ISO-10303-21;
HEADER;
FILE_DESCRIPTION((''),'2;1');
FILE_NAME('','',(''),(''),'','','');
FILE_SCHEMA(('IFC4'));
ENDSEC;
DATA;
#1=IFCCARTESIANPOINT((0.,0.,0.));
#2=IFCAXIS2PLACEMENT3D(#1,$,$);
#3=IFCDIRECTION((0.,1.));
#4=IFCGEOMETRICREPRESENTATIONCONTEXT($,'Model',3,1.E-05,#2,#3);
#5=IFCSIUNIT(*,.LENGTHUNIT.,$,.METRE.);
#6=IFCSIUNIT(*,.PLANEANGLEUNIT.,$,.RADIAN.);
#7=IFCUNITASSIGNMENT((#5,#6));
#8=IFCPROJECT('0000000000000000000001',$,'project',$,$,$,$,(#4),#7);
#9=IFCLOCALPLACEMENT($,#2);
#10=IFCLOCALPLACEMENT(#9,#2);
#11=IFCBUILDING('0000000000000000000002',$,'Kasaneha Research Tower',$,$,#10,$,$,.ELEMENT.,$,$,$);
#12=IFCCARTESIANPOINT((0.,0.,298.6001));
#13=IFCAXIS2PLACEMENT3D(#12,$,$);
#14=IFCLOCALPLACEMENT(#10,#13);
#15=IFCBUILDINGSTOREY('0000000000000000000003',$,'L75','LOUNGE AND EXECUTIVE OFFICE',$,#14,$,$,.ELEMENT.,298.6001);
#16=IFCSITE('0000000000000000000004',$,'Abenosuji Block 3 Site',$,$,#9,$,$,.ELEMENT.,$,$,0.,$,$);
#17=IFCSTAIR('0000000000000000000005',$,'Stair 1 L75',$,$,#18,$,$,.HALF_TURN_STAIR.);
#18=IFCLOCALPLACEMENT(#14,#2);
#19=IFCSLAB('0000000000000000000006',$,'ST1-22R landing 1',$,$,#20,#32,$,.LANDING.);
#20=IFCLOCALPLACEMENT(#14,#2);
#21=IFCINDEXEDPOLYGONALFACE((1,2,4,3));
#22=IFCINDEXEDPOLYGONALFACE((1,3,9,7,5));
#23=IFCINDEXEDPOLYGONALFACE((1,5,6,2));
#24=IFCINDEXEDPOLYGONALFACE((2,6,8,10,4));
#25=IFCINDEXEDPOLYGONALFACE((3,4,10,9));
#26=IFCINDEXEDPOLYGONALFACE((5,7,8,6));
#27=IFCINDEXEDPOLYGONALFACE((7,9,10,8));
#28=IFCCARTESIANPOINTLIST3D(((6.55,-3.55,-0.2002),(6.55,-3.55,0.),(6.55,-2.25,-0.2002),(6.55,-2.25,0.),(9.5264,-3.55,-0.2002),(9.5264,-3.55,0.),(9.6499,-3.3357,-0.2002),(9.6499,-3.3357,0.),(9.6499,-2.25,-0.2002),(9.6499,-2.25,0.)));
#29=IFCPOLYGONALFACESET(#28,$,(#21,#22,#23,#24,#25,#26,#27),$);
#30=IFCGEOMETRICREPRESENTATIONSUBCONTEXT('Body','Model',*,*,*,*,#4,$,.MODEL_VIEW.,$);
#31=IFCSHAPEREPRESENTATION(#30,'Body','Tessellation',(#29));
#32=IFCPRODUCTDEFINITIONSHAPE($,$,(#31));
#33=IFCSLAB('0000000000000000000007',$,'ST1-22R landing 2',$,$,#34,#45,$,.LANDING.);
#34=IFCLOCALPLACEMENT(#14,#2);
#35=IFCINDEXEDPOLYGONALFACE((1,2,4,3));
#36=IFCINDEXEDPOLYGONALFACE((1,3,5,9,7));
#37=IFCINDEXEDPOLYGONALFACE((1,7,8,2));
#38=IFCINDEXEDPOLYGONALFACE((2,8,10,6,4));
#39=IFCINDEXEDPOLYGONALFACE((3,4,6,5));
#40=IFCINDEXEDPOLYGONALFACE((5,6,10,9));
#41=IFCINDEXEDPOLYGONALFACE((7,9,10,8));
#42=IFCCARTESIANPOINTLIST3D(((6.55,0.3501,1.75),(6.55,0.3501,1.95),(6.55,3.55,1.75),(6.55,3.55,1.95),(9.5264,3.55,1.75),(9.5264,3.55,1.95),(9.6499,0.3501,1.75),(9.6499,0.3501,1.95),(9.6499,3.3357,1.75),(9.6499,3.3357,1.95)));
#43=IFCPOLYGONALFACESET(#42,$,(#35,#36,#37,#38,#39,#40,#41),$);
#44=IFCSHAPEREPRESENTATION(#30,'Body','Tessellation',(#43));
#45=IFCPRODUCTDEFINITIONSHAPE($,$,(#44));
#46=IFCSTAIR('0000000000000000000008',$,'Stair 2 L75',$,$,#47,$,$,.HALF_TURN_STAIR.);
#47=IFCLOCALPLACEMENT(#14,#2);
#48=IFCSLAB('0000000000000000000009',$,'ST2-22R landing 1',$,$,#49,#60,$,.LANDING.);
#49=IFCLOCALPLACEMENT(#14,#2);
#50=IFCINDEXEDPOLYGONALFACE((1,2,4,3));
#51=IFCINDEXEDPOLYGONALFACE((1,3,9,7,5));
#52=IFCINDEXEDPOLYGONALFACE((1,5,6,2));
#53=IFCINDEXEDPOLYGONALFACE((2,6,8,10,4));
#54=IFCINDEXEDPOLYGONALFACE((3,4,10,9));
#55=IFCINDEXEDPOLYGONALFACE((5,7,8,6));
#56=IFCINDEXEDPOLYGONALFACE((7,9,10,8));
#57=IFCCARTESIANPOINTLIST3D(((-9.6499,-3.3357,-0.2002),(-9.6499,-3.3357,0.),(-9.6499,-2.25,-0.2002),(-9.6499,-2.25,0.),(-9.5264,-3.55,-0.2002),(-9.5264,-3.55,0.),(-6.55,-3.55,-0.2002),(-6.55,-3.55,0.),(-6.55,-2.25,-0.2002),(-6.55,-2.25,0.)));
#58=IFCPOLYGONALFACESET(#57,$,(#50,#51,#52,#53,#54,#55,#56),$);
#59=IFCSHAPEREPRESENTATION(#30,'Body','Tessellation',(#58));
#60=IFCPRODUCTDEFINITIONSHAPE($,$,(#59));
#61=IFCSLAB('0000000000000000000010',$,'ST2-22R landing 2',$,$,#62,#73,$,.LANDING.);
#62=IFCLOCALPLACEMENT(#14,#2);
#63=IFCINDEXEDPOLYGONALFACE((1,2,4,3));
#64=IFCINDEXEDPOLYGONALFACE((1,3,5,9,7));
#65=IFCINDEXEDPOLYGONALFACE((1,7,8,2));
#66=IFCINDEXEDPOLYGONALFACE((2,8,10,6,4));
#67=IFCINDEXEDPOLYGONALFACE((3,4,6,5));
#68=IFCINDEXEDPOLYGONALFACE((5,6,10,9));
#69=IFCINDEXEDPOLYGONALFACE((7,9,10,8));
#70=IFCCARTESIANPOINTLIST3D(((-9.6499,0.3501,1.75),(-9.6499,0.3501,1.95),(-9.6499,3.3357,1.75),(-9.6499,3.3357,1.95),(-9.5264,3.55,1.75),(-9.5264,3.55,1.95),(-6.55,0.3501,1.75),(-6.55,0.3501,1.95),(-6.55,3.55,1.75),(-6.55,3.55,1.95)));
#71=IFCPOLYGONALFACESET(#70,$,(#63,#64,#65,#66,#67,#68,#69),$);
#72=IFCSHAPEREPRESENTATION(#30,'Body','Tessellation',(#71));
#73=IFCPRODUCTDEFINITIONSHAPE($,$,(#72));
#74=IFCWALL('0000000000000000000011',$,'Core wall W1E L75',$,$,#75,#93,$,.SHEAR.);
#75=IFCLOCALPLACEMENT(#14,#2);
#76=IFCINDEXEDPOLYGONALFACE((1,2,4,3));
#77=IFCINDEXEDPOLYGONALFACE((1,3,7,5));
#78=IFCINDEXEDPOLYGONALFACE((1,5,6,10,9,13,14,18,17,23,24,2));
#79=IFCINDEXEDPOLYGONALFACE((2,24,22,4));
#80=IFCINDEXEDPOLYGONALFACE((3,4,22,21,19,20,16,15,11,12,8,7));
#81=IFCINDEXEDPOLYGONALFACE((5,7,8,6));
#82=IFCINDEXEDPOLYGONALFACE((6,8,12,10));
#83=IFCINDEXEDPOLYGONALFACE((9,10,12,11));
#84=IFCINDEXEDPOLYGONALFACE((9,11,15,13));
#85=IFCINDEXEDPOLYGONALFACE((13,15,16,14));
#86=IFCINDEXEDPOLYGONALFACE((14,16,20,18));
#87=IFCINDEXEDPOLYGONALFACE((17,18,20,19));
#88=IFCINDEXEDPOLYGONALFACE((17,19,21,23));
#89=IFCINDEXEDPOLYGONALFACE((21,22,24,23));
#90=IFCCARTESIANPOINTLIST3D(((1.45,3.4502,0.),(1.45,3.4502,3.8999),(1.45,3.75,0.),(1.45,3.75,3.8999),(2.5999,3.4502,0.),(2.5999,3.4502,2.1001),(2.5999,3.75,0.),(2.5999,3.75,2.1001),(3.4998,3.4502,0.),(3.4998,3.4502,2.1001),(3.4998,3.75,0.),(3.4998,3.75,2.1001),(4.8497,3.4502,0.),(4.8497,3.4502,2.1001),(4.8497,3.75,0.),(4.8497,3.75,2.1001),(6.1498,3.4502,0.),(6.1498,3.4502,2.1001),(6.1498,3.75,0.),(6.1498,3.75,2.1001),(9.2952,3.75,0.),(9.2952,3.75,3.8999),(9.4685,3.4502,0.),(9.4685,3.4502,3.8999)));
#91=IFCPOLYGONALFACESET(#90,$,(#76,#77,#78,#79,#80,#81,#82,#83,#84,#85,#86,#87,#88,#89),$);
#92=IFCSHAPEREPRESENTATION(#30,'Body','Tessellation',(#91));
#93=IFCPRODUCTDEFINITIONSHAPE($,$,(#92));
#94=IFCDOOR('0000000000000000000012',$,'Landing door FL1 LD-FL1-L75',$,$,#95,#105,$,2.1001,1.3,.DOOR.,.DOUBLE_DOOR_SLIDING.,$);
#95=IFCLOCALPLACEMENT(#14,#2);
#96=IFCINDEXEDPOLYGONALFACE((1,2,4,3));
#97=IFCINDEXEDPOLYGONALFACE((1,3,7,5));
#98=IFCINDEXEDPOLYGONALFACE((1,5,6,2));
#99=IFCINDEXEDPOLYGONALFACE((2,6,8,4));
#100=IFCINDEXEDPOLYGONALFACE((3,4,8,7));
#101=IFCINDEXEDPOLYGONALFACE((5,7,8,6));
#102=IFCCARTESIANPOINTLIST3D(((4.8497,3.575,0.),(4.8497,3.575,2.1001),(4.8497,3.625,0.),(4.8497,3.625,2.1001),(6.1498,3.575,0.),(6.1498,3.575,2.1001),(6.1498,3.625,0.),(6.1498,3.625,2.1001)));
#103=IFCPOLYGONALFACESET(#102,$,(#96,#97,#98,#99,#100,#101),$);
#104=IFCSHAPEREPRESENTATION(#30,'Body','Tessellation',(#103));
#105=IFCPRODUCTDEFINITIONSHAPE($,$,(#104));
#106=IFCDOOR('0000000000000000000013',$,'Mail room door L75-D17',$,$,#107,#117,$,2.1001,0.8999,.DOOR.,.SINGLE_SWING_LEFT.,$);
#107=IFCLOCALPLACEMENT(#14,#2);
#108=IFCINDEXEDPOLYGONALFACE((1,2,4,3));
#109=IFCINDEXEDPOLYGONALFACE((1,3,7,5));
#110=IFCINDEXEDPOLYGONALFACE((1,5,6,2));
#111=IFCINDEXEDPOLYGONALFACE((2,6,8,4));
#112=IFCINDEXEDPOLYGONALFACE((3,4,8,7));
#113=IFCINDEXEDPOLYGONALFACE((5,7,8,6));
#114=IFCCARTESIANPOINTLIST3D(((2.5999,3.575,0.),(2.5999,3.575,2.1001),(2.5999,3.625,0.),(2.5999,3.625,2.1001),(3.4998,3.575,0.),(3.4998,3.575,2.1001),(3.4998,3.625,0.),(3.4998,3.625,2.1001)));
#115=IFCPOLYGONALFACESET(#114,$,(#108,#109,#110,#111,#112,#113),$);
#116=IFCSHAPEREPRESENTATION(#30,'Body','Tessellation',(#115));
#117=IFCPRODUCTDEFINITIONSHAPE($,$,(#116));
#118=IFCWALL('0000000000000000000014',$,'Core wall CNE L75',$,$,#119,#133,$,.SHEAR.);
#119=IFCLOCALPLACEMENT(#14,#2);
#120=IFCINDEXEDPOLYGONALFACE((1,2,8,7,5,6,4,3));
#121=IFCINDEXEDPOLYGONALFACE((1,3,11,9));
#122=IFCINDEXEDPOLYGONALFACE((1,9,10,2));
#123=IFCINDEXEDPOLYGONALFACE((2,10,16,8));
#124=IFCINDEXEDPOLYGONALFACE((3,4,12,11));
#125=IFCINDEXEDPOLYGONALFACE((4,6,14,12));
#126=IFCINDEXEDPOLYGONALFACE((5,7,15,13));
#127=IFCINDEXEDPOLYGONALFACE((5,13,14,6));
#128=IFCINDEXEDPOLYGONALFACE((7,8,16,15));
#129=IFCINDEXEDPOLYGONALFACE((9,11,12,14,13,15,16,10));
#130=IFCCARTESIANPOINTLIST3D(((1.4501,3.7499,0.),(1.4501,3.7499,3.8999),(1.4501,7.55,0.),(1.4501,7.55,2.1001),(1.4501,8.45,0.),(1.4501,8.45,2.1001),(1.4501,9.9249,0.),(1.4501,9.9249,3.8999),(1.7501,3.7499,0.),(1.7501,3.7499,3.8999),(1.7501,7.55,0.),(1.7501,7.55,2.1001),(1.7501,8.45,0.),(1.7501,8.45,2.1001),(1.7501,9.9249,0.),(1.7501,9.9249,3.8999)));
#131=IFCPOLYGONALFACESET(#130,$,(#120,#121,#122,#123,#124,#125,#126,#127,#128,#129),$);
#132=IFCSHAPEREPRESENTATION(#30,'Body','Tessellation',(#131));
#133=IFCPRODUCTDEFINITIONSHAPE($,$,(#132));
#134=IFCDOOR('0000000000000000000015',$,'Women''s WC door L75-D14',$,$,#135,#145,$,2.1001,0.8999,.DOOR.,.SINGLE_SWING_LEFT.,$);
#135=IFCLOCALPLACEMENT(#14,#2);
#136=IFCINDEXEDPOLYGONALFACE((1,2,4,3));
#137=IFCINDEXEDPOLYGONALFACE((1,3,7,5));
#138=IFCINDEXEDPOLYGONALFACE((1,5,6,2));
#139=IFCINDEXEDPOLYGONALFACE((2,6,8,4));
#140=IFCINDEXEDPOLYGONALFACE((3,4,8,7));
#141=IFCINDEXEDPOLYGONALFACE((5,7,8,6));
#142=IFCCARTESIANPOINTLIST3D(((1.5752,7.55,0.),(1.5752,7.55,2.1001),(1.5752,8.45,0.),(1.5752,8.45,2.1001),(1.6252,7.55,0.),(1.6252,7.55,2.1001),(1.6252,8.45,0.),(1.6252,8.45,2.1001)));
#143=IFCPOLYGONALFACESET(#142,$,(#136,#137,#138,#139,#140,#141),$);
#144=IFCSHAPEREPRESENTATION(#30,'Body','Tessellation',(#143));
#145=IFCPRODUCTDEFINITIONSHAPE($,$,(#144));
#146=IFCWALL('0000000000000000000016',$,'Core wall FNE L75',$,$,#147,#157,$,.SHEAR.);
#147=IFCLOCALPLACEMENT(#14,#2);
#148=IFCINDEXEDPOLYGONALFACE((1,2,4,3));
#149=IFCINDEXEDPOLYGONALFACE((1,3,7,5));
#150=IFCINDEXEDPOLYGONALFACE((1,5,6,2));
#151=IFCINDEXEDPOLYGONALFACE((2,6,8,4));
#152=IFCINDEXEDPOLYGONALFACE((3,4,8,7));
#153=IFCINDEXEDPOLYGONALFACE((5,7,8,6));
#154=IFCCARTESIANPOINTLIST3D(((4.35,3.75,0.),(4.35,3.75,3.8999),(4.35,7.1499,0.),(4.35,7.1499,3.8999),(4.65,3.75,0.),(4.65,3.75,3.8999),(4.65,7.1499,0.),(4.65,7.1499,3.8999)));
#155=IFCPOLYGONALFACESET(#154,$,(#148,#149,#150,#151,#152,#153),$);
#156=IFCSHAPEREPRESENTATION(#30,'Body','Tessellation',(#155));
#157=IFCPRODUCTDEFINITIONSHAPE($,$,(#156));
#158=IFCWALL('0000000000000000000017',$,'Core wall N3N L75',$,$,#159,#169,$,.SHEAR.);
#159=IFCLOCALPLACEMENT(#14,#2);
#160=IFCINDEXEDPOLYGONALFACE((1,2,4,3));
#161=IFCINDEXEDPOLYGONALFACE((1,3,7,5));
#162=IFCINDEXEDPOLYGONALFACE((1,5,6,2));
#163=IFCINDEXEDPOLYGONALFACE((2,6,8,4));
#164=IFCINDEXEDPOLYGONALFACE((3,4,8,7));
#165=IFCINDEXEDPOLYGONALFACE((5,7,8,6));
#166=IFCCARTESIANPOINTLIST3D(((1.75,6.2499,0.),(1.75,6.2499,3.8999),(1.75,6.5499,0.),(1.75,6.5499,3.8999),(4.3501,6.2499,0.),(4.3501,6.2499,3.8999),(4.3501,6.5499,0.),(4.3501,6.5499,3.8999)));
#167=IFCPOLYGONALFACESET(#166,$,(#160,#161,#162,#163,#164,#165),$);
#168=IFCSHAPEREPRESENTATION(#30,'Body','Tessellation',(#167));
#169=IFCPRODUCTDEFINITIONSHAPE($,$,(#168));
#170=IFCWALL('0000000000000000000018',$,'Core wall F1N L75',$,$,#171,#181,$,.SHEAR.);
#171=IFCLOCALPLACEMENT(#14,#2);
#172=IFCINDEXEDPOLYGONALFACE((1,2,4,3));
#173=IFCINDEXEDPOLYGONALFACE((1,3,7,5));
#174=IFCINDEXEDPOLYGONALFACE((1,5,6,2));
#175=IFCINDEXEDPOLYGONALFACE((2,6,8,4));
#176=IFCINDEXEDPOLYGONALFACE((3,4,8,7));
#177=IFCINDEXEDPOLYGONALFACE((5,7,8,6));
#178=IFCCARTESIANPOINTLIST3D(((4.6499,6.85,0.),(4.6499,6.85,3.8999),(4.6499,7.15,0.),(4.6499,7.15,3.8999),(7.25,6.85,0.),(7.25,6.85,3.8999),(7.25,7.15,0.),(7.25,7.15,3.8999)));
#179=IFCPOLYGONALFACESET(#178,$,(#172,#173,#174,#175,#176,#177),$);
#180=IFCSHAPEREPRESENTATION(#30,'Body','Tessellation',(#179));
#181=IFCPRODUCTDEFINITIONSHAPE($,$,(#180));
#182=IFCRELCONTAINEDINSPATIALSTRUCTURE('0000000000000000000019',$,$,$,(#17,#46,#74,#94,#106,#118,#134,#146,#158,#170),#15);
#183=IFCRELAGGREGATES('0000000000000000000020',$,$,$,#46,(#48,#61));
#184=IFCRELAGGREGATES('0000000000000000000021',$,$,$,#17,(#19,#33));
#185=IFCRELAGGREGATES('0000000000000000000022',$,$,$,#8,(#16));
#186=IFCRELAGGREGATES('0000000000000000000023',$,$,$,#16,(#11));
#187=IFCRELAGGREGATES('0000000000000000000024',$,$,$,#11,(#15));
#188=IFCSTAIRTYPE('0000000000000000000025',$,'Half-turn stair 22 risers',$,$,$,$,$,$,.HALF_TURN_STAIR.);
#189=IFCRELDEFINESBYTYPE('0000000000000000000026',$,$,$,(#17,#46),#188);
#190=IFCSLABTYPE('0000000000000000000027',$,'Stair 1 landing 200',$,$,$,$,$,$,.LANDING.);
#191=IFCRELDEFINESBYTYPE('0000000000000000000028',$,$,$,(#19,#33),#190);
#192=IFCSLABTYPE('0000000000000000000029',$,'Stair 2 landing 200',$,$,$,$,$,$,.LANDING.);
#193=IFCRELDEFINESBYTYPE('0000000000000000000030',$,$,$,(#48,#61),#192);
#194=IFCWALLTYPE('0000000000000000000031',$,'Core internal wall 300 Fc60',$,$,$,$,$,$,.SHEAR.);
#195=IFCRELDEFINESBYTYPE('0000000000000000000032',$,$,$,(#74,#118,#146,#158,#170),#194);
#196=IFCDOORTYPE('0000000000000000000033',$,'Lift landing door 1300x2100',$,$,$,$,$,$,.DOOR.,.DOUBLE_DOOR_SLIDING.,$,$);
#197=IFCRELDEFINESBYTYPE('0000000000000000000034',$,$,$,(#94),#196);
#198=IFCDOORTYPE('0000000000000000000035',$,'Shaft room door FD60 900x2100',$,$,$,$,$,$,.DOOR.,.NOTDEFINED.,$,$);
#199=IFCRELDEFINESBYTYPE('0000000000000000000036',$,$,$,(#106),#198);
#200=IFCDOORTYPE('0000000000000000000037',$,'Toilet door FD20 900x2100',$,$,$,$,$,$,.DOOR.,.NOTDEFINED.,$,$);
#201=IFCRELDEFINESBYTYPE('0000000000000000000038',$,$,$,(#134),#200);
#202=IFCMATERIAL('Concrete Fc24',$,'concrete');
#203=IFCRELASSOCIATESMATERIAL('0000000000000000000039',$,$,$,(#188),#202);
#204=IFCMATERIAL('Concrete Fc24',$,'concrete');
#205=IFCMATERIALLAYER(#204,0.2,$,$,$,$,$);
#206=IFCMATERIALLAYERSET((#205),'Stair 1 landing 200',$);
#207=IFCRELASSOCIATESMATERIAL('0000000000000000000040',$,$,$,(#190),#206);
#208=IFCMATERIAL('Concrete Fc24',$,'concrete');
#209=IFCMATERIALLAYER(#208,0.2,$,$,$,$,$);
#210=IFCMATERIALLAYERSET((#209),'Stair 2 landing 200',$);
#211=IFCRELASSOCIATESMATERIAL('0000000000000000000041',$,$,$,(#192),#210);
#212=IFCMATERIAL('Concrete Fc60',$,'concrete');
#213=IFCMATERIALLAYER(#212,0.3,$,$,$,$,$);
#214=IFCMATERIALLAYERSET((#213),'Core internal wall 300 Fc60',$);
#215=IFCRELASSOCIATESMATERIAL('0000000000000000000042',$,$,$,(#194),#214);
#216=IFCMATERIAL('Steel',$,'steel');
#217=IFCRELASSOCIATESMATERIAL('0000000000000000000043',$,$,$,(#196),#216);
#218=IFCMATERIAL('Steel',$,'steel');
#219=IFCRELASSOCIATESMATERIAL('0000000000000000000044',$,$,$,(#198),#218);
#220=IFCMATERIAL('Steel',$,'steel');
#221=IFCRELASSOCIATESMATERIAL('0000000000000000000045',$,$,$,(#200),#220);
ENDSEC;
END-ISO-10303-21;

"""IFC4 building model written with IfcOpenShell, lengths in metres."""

from ifc_helpers import new_model, si_unit, direction, frame, frame_2d, origin, place, context, subcontext, project, spatial, polyline, rectangle, outline, extrude, material, layer, layer_set, type_object, element, fill, aggregate, save


model = new_model("IFC4")

# Units and contexts
model_context = context("Model", 3, precision=1e-05, world=origin(), true_north=direction((0.0, 1.0)))
body_context = subcontext(model_context, "Body", "Model", "MODEL_VIEW")
ifc_project = project(units=[si_unit("LENGTHUNIT", "METRE"), si_unit("PLANEANGLEUNIT", "RADIAN")], contexts=[model_context])

# Site, building, storey
site_placement = place(None, origin())
site = spatial("IfcSite", under=ifc_project, at=site_placement, Name="Abenosuji Block 3 Site", CompositionType="ELEMENT", RefElevation=0.0)
building_placement = place(site_placement, origin())
building = spatial("IfcBuilding", under=site, at=building_placement, Name="Kasaneha Research Tower", CompositionType="ELEMENT")
storey_placement = place(building_placement, frame((0.0, 0.0, 298.6001)))
storey = spatial("IfcBuildingStorey", under=building, at=storey_placement, Name="L75", Description="LOUNGE AND EXECUTIVE OFFICE", CompositionType="ELEMENT", Elevation=298.6001)

# Stairs, slabs
ifc_material_1 = material(Name="Concrete Fc24", Category="concrete")
stair_type = type_object("IfcStairType", Name="Half-turn stair 22 risers", PredefinedType="HALF_TURN_STAIR", material=ifc_material_1)
stair_1_placement = place(storey_placement, origin())
stair_1 = element("IfcStair", 1, at=stair_1_placement, inside=storey, type_object=stair_type, Name="Stair 1 L75", PredefinedType="HALF_TURN_STAIR")
ifc_material_2 = material(Name="Concrete Fc24", Category="concrete")
ifc_layer_1 = layer(ifc_material_2, 0.2)
ifc_layer_set_1 = layer_set([ifc_layer_1], Name="Stair 1 landing 200")
slab_type_1 = type_object("IfcSlabType", Name="Stair 1 landing 200", PredefinedType="LANDING", material=ifc_layer_set_1)
slab_1_placement = place(storey_placement, frame((0.0, 0.0, -0.2002)))
slab_1 = element("IfcSlab", 2, at=slab_1_placement, type_object=slab_type_1, Name="ST1-22R landing 1", PredefinedType="LANDING", context=body_context, shape_type="SweptSolid", body=[
    extrude(outline(polyline([(9.5264, -3.55), (6.55, -3.55), (6.55, -2.25), (9.6499, -2.25), (9.6499, -3.3357), (9.5264, -3.55)])), origin(), (0.0, 0.0, 1.0), 0.2002),
])
slab_2_placement = place(storey_placement, frame((0.0, 0.0, 1.75)))
slab_2 = element("IfcSlab", 3, at=slab_2_placement, type_object=slab_type_1, Name="ST1-22R landing 2", PredefinedType="LANDING", context=body_context, shape_type="SweptSolid", body=[
    extrude(outline(polyline([(6.55, 3.55), (9.5264, 3.55), (9.6499, 3.3357), (9.6499, 0.3501), (6.55, 0.3501), (6.55, 3.55)])), origin(), (0.0, 0.0, 1.0), 0.2),
])
stair_2_placement = place(storey_placement, origin())
stair_2 = element("IfcStair", 4, at=stair_2_placement, inside=storey, type_object=stair_type, Name="Stair 2 L75", PredefinedType="HALF_TURN_STAIR")
ifc_material_3 = material(Name="Concrete Fc24", Category="concrete")
ifc_layer_2 = layer(ifc_material_3, 0.2)
ifc_layer_set_2 = layer_set([ifc_layer_2], Name="Stair 2 landing 200")
slab_type_2 = type_object("IfcSlabType", Name="Stair 2 landing 200", PredefinedType="LANDING", material=ifc_layer_set_2)
slab_3_placement = place(storey_placement, frame((0.0, 0.0, -0.2002)))
slab_3 = element("IfcSlab", 5, at=slab_3_placement, type_object=slab_type_2, Name="ST2-22R landing 1", PredefinedType="LANDING", context=body_context, shape_type="SweptSolid", body=[
    extrude(outline(polyline([(-6.55, -3.55), (-9.5264, -3.55), (-9.6499, -3.3357), (-9.6499, -2.25), (-6.55, -2.25), (-6.55, -3.55)])), origin(), (0.0, 0.0, 1.0), 0.2002),
])
slab_4_placement = place(storey_placement, frame((0.0, 0.0, 1.75)))
slab_4 = element("IfcSlab", 6, at=slab_4_placement, type_object=slab_type_2, Name="ST2-22R landing 2", PredefinedType="LANDING", context=body_context, shape_type="SweptSolid", body=[
    extrude(outline(polyline([(-6.55, 0.3501), (-9.6499, 0.3501), (-9.6499, 3.3357), (-9.5264, 3.55), (-6.55, 3.55), (-6.55, 0.3501)])), origin(), (0.0, 0.0, 1.0), 0.2),
])
aggregate(stair_2, [slab_3, slab_4])

# Wall, openings, doors
ifc_material_4 = material(Name="Concrete Fc60", Category="concrete")
ifc_layer_3 = layer(ifc_material_4, 0.3)
ifc_layer_set_3 = layer_set([ifc_layer_3], Name="Core internal wall 300 Fc60")
wall_type_1 = type_object("IfcWallType", Name="Core internal wall 300 Fc60", PredefinedType="SHEAR", material=ifc_layer_set_3)
wall_1_placement = place(storey_placement, frame((1.45, 3.6001, 0.0), z_axis=(0.0, 0.0, 1.0), x_axis=(1.0, 0.0, 0.0)))
wall_1 = element("IfcWall", 7, at=wall_1_placement, inside=storey, type_object=wall_type_1, Name="Core wall W1E L75", PredefinedType="SHEAR", context=body_context, shape_type="SweptSolid", body=[
    extrude(outline(polyline([(0.0, -0.1499), (1.1499, -0.1499), (2.0498, -0.1499), (3.3999, -0.1499), (4.7, -0.1499), (8.0186, -0.1499), (7.8452, 0.1499), (4.7, 0.1499), (3.3999, 0.1499), (2.0498, 0.1499), (1.1499, 0.1499), (0.0, 0.1499), (0.0, -0.1499)])), origin(), (0.0, 0.0, 1.0), 3.8999),
])
opening_1_placement = place(wall_1_placement, frame((1.1499, 0.0, 0.0)))
opening_1 = element("IfcOpeningElement", 8, at=opening_1_placement, cuts=wall_1, PredefinedType="OPENING", context=body_context, shape_type="SweptSolid", body=[
    extrude(rectangle(XDim=0.8999, YDim=2.1001, at=frame_2d((0.45, 1.05))), frame((0.0, 0.1602, 0.0), z_axis=(0.0, -1.0, 0.0), x_axis=(1.0, 0.0, 0.0)), (0.0, 0.0, 1.0), 0.3201),
])
opening_2_placement = place(wall_1_placement, frame((3.3999, 0.0, 0.0)))
opening_2 = element("IfcOpeningElement", 9, at=opening_2_placement, cuts=wall_1, PredefinedType="OPENING", context=body_context, shape_type="SweptSolid", body=[
    extrude(rectangle(XDim=1.3, YDim=2.1001, at=frame_2d((0.6499, 1.05))), frame((0.0, 0.1602, 0.0), z_axis=(0.0, -1.0, 0.0), x_axis=(1.0, 0.0, 0.0)), (0.0, 0.0, 1.0), 0.3201),
])
ifc_material_5 = material(Name="Steel", Category="steel")
door_type_1 = type_object("IfcDoorType", Name="Lift landing door 1300x2100", OperationType="DOUBLE_DOOR_SLIDING", PredefinedType="DOOR", material=ifc_material_5)
door_1_placement = place(opening_2_placement, origin())
door_1 = element("IfcDoor", 10, at=door_1_placement, inside=storey, type_object=door_type_1, Name="Landing door FL1 LD-FL1-L75", OperationType="DOUBLE_DOOR_SLIDING", OverallHeight=2.1001, OverallWidth=1.3, PredefinedType="DOOR", context=body_context, shape_type="SweptSolid", body=[
    extrude(rectangle(XDim=1.3, YDim=2.1001, at=frame_2d((0.6499, 1.05))), frame((0.0, 0.0249, 0.0), z_axis=(0.0, -1.0, 0.0), x_axis=(1.0, 0.0, 0.0)), (0.0, 0.0, 1.0), 0.05),
])
fill(opening_2, door_1)
ifc_material_6 = material(Name="Steel", Category="steel")
door_type_2 = type_object("IfcDoorType", Name="Shaft room door FD60 900x2100", OperationType="NOTDEFINED", PredefinedType="DOOR", material=ifc_material_6)
door_2_placement = place(opening_1_placement, origin())
door_2 = element("IfcDoor", 11, at=door_2_placement, inside=storey, type_object=door_type_2, Name="Mail room door L75-D17", OperationType="SINGLE_SWING_LEFT", OverallHeight=2.1001, OverallWidth=0.8999, PredefinedType="DOOR", context=body_context, shape_type="SweptSolid", body=[
    extrude(rectangle(XDim=0.8999, YDim=2.1001, at=frame_2d((0.45, 1.05))), frame((0.0, 0.0249, 0.0), z_axis=(0.0, -1.0, 0.0), x_axis=(1.0, 0.0, 0.0)), (0.0, 0.0, 1.0), 0.05),
])
fill(opening_1, door_2)

# Wall, opening, door
wall_2_placement = place(storey_placement, frame((1.6001, 3.75, 0.0), z_axis=(0.0, 0.0, 1.0), x_axis=(0.0, 1.0, 0.0)))
wall_2 = element("IfcWall", 12, at=wall_2_placement, inside=storey, type_object=wall_type_1, Name="Core wall CNE L75", PredefinedType="SHEAR", context=body_context, shape_type="SweptSolid", body=[
    extrude(rectangle(XDim=6.175, YDim=0.3, at=frame_2d((3.0874, 0.0))), origin(), (0.0, 0.0, 1.0), 3.8999),
])
opening_3_placement = place(wall_2_placement, frame((3.8, 0.0, 0.0)))
opening_3 = element("IfcOpeningElement", 13, at=opening_3_placement, cuts=wall_2, PredefinedType="OPENING", context=body_context, shape_type="SweptSolid", body=[
    extrude(rectangle(XDim=0.8999, YDim=2.1001, at=frame_2d((0.45, 1.05))), frame((0.0, 0.1602, 0.0), z_axis=(0.0, -1.0, 0.0), x_axis=(1.0, 0.0, 0.0)), (0.0, 0.0, 1.0), 0.3201),
])
ifc_material_7 = material(Name="Steel", Category="steel")
door_type_3 = type_object("IfcDoorType", Name="Toilet door FD20 900x2100", OperationType="NOTDEFINED", PredefinedType="DOOR", material=ifc_material_7)
door_3_placement = place(opening_3_placement, origin())
door_3 = element("IfcDoor", 14, at=door_3_placement, inside=storey, type_object=door_type_3, Name="Women's WC door L75-D14", OperationType="SINGLE_SWING_LEFT", OverallHeight=2.1001, OverallWidth=0.8999, PredefinedType="DOOR", context=body_context, shape_type="SweptSolid", body=[
    extrude(rectangle(XDim=0.8999, YDim=2.1001, at=frame_2d((0.45, 1.05))), frame((0.0, 0.0249, 0.0), z_axis=(0.0, -1.0, 0.0), x_axis=(1.0, 0.0, 0.0)), (0.0, 0.0, 1.0), 0.05),
])
fill(opening_3, door_3)

# Walls
wall_3_placement = place(storey_placement, frame((4.5, 3.75, 0.0), z_axis=(0.0, 0.0, 1.0), x_axis=(0.0, 1.0, 0.0)))
element("IfcWall", 15, at=wall_3_placement, inside=storey, type_object=wall_type_1, Name="Core wall FNE L75", PredefinedType="SHEAR", context=body_context, shape_type="SweptSolid", body=[
    extrude(rectangle(XDim=3.3999, YDim=0.3, at=frame_2d((1.7, 0.0))), origin(), (0.0, 0.0, 1.0), 3.8999),
])
for number, where, z_axis, x_axis, name in (
    (16, (1.75, 6.3999, 0.0), (0.0, 0.0, 1.0), (1.0, 0.0, 0.0), "Core wall N3N L75"),
    (17, (4.6499, 7.0, 0.0), (0.0, 0.0, 1.0), (1.0, 0.0, 0.0), "Core wall F1N L75"),
):
    element("IfcWall", number, at=place(storey_placement, frame(where, z_axis=z_axis, x_axis=x_axis)), inside=storey, type_object=wall_type_1, Name=name, PredefinedType="SHEAR", context=body_context, shape_type="SweptSolid", body=[
        extrude(rectangle(XDim=2.6001, YDim=0.3, at=frame_2d((1.3, 0.0))), origin(), (0.0, 0.0, 1.0), 3.8999),
    ])

aggregate(stair_1, [slab_1, slab_2])

save(model, "model.ifc")
